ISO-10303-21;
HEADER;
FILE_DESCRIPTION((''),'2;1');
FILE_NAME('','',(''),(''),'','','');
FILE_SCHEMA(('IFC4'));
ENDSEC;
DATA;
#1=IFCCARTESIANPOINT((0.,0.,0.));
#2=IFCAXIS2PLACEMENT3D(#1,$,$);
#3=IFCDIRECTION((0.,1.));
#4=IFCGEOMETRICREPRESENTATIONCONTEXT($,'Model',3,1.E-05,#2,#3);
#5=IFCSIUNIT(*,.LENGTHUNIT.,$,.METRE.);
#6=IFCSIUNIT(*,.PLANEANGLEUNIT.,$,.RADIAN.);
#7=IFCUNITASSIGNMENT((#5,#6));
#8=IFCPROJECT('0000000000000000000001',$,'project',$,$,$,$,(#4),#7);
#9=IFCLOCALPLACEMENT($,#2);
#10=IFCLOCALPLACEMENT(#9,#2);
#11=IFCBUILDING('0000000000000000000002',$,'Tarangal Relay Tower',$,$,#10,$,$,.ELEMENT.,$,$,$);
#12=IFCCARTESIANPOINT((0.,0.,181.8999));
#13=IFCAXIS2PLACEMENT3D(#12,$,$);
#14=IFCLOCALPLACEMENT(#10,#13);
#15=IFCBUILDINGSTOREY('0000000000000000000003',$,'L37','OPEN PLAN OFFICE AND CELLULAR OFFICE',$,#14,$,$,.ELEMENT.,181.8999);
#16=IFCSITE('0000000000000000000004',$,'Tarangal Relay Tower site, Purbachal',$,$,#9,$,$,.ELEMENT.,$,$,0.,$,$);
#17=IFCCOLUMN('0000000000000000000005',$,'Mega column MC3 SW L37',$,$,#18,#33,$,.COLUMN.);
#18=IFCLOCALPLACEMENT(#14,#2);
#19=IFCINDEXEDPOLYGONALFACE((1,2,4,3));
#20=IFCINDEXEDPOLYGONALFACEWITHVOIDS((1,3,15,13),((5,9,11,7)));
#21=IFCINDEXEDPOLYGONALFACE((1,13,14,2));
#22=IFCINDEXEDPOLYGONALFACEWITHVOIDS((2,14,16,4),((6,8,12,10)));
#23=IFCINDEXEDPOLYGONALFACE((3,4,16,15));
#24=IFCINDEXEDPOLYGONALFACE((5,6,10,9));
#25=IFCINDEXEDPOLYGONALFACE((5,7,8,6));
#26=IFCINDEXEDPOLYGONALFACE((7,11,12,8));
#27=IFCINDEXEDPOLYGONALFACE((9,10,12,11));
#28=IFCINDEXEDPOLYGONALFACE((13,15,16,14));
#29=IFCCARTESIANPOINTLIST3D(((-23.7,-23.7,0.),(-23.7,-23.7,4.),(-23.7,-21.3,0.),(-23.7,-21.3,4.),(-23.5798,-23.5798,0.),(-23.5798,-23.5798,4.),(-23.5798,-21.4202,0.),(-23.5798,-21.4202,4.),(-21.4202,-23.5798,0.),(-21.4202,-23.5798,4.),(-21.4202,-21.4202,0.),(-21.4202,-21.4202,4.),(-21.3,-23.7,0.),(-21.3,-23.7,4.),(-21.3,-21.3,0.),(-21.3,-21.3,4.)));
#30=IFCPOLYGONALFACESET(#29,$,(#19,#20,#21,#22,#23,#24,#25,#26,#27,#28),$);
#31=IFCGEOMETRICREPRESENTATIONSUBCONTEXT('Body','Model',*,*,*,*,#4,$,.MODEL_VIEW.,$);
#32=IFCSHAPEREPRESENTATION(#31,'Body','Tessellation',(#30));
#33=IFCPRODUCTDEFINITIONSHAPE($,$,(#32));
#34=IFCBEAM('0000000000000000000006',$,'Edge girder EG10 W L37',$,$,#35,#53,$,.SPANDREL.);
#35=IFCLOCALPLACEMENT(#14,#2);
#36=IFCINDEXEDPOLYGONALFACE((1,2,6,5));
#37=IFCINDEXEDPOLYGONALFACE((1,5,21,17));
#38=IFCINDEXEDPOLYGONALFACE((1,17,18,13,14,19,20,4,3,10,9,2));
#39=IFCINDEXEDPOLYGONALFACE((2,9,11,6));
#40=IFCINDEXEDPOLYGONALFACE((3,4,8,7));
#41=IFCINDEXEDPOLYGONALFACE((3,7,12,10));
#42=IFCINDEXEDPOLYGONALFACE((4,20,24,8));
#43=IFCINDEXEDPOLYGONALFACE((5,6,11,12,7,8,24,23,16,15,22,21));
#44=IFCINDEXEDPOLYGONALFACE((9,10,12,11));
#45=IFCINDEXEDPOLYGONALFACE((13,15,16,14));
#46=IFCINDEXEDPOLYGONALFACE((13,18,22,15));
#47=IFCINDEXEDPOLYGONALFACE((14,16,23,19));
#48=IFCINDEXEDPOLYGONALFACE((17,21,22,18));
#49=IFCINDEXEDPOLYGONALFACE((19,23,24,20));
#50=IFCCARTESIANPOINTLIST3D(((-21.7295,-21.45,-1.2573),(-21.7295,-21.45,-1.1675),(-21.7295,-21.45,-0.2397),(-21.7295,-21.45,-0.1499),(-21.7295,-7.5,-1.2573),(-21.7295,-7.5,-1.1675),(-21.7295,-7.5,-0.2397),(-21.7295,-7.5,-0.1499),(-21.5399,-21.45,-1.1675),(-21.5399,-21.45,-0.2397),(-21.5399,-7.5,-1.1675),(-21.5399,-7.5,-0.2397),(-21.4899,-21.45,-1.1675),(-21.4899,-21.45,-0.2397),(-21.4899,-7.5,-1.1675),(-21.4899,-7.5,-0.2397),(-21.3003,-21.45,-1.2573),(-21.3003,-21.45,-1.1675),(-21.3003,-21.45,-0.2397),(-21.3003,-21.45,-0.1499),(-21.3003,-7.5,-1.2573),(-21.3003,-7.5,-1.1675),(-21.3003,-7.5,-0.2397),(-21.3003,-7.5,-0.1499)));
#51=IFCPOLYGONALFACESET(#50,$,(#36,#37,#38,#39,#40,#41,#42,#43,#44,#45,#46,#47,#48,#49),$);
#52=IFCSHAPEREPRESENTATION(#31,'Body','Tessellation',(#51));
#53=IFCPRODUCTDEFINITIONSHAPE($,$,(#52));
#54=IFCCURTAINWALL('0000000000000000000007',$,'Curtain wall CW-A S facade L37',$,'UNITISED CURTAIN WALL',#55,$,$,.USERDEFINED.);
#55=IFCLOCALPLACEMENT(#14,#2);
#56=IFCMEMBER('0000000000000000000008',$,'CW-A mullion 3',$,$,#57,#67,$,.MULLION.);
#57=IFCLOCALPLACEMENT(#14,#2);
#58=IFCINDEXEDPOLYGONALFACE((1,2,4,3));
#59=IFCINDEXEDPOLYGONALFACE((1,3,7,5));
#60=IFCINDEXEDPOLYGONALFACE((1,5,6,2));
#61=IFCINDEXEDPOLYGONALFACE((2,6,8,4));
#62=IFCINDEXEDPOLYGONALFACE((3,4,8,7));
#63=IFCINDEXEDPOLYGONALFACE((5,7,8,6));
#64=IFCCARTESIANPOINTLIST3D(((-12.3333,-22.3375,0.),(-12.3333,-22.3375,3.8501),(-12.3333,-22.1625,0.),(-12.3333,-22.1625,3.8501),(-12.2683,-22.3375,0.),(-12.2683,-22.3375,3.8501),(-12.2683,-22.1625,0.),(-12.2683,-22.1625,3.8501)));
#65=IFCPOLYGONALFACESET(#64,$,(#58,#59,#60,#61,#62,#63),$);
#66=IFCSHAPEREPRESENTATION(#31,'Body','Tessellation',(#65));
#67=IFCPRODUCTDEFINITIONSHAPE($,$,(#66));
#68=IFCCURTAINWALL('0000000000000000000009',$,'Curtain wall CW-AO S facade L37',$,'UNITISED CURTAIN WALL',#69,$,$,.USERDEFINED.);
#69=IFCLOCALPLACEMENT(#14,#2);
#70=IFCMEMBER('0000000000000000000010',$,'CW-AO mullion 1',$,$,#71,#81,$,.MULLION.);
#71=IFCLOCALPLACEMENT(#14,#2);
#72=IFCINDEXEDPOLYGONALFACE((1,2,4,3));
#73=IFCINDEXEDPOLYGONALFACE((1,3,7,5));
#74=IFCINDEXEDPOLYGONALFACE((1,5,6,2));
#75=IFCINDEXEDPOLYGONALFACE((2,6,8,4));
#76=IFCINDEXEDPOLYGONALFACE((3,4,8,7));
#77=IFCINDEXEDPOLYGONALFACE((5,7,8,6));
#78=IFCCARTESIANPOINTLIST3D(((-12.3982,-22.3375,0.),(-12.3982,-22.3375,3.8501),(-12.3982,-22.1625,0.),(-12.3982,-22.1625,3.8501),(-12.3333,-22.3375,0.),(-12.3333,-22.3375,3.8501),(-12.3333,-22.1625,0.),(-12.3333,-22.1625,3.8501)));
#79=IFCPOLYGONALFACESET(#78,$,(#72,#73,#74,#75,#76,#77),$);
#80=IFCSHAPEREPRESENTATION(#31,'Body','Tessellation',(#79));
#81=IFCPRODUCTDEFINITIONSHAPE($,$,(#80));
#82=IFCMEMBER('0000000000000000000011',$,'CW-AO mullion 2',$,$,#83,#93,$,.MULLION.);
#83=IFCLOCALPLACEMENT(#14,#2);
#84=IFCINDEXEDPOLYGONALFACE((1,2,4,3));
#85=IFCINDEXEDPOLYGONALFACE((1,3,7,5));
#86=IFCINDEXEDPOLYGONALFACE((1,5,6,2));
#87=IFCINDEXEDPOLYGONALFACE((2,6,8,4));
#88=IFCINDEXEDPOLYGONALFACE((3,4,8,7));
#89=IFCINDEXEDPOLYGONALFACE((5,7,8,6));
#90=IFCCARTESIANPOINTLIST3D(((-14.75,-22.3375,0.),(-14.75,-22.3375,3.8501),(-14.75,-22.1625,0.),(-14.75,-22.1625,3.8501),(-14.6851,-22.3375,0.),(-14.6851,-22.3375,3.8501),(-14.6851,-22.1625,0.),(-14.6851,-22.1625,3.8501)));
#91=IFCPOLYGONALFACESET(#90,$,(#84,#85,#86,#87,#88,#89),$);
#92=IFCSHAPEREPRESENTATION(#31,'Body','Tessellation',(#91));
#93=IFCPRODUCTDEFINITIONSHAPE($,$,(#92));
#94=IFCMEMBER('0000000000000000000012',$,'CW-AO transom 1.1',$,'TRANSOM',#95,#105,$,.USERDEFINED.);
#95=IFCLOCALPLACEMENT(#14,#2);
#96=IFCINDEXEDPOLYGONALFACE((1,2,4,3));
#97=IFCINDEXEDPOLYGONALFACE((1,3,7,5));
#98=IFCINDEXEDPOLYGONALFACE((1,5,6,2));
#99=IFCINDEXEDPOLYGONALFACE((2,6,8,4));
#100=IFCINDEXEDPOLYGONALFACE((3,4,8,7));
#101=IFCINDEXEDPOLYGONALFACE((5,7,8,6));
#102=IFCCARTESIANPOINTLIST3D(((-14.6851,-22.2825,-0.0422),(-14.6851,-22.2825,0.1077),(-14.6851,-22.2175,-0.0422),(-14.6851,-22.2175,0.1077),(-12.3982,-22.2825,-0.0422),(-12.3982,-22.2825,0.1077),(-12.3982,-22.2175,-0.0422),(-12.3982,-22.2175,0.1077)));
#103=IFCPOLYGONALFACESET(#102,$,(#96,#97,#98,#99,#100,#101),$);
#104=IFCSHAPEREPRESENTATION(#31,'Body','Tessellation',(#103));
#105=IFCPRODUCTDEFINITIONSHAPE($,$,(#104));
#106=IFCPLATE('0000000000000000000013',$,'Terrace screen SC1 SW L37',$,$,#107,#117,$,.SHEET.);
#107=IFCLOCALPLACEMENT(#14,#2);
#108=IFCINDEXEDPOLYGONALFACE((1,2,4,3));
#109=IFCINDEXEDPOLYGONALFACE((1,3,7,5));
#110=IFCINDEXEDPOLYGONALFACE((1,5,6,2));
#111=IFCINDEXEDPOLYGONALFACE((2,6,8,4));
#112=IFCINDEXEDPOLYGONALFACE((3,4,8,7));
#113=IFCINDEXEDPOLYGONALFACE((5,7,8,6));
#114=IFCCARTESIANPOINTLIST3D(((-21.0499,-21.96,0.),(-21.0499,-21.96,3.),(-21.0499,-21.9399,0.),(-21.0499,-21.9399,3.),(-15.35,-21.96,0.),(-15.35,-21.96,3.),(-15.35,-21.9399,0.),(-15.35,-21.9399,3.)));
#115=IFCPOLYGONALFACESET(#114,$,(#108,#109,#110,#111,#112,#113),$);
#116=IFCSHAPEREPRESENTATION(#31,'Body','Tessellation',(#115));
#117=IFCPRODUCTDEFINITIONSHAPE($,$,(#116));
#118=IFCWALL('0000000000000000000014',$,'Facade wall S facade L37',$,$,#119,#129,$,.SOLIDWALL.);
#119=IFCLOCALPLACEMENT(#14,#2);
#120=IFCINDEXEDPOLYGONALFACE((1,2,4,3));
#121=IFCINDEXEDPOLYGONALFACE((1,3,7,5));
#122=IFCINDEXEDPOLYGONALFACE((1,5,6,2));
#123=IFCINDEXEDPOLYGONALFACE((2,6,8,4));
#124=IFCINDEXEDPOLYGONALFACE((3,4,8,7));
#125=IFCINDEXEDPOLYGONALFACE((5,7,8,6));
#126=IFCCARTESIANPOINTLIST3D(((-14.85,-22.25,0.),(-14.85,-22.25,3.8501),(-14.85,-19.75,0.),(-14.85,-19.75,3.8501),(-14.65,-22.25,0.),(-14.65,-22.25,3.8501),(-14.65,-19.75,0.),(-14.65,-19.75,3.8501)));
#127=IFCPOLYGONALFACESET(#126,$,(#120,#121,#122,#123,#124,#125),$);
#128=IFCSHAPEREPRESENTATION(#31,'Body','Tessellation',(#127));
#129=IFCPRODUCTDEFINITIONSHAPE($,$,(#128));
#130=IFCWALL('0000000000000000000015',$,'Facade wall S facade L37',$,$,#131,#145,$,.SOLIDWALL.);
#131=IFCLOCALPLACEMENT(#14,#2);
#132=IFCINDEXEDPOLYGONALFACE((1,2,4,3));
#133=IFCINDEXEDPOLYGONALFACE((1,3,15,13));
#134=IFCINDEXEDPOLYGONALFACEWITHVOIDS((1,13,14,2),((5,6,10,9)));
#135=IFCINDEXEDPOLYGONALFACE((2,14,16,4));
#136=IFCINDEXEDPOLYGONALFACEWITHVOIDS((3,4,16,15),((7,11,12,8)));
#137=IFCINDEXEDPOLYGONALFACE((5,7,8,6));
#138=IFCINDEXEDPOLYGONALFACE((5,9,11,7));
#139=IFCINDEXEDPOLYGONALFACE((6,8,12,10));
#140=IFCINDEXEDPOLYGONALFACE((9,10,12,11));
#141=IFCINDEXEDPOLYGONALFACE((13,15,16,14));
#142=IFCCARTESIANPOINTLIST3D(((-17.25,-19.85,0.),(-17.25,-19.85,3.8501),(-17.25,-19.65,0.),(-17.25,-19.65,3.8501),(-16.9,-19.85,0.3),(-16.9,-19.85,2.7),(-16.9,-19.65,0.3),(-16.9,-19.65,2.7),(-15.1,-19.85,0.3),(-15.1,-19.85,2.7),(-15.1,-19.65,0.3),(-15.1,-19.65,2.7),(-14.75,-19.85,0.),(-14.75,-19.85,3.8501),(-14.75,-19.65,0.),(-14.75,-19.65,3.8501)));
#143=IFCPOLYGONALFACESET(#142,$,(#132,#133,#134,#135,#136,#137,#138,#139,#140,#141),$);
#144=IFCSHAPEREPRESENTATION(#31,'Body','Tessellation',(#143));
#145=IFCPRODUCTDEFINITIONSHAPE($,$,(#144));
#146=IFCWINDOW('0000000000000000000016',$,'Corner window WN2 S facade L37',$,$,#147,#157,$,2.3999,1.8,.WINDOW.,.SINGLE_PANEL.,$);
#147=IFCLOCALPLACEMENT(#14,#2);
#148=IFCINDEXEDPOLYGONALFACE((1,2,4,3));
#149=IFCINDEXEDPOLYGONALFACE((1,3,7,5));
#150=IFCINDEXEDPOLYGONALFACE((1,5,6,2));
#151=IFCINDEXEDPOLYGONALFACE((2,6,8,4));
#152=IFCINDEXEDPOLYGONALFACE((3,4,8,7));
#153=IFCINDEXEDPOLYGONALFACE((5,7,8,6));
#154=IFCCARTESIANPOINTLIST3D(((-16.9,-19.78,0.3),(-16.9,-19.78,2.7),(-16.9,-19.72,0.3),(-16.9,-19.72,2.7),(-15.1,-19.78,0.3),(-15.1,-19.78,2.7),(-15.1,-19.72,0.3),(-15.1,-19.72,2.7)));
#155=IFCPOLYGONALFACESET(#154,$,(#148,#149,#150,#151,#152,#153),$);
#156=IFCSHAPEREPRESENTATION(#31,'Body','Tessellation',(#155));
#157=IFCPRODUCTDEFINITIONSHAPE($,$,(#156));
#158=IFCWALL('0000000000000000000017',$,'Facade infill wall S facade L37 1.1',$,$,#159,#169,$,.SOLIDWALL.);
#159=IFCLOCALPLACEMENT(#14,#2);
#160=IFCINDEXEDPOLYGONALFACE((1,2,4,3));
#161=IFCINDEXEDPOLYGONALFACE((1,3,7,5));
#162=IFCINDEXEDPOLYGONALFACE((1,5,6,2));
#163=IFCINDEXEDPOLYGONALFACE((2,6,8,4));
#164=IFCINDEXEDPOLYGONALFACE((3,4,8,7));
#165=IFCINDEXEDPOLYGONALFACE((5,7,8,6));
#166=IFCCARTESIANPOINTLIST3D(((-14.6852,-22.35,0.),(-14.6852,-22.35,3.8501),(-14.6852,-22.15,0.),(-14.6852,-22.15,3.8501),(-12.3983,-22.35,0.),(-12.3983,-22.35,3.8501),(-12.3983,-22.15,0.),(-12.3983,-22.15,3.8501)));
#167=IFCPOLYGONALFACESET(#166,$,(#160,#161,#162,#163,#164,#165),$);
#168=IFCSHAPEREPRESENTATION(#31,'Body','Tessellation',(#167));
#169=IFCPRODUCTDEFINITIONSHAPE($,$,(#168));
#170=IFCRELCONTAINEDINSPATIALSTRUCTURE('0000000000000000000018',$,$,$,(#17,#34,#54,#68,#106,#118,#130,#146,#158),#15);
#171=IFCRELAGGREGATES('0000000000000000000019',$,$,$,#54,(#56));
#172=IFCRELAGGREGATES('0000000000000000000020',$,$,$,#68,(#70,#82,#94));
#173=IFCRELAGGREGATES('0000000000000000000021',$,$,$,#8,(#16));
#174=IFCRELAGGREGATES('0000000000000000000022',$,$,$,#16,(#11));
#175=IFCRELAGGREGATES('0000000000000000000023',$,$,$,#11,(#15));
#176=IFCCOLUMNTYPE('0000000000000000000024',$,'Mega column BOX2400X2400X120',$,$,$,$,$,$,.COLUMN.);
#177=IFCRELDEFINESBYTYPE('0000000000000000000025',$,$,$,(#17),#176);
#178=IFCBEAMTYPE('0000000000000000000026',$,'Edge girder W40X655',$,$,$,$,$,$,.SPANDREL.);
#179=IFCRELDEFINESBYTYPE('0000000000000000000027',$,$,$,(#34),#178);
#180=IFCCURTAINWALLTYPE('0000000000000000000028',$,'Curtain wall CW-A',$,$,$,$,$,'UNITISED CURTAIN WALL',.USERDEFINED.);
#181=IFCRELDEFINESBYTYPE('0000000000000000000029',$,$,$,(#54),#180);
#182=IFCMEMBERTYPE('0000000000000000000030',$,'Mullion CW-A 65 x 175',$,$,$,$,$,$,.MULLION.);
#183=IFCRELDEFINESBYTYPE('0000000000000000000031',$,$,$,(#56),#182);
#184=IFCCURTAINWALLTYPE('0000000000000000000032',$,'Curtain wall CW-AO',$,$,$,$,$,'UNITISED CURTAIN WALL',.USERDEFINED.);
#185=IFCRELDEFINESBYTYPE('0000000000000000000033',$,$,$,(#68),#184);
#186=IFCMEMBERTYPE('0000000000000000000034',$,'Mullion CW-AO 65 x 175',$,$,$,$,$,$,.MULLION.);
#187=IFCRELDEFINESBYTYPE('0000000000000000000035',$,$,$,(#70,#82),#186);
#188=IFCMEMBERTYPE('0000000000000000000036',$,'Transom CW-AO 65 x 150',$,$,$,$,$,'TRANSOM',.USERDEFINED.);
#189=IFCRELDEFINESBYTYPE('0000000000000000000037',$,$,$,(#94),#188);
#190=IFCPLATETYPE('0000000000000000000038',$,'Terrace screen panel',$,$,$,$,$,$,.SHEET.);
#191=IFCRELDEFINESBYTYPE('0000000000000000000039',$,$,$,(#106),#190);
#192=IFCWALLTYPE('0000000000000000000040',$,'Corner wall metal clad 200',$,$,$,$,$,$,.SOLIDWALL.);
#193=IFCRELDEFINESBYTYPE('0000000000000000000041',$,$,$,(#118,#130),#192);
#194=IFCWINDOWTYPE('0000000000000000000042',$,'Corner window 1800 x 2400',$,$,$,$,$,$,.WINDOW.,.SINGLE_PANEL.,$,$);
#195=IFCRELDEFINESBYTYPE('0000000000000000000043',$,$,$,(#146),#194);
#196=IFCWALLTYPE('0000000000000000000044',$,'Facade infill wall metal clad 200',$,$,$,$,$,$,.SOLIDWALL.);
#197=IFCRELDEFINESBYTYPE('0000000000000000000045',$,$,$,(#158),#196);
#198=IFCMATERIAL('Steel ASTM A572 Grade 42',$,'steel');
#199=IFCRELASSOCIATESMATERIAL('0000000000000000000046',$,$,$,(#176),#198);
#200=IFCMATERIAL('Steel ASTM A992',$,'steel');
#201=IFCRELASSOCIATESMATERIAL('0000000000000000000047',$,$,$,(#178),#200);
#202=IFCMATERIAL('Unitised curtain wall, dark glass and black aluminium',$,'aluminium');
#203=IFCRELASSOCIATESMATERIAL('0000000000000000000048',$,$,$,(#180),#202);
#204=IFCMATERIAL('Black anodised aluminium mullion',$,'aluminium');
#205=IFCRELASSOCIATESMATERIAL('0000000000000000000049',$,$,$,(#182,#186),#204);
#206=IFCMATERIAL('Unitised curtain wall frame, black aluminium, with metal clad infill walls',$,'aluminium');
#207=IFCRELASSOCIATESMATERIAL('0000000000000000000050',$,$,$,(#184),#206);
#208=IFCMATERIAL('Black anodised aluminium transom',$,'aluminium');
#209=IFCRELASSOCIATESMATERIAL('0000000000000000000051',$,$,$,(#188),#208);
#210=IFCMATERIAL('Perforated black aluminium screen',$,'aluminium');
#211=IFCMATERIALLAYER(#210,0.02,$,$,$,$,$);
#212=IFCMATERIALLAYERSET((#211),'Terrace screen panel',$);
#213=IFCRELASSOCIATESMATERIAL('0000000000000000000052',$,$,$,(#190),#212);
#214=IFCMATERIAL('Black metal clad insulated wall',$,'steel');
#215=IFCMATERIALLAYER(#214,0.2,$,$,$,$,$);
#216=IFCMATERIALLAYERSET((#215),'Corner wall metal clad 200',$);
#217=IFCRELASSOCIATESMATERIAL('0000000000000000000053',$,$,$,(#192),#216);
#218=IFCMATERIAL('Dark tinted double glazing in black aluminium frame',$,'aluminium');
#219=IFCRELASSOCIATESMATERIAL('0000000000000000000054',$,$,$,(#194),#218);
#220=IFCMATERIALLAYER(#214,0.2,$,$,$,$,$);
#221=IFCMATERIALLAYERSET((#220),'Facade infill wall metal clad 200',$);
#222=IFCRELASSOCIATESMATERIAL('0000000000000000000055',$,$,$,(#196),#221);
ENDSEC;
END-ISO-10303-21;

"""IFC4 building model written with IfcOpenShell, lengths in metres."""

from ifc_helpers import new_model, si_unit, direction, frame, frame_2d, origin, origin_2d, place, context, subcontext, project, spatial, rectangle, hollow_rectangle, i_section, extrude, material, layer, layer_set, material_profile, profile_set, type_object, element, fill, aggregate, save


model = new_model("IFC4")

# Units and contexts
model_context = context("Model", 3, precision=1e-05, world=origin(), true_north=direction((0.0, 1.0)))
body_context = subcontext(model_context, "Body", "Model", "MODEL_VIEW")
ifc_project = project(units=[si_unit("LENGTHUNIT", "METRE"), si_unit("PLANEANGLEUNIT", "RADIAN")], contexts=[model_context])

# Site, building, storey
site_placement = place(None, origin())
site = spatial("IfcSite", under=ifc_project, at=site_placement, Name="Tarangal Relay Tower site, Purbachal", CompositionType="ELEMENT", RefElevation=0.0)
building_placement = place(site_placement, origin())
building = spatial("IfcBuilding", under=site, at=building_placement, Name="Tarangal Relay Tower", CompositionType="ELEMENT")
storey_placement = place(building_placement, frame((0.0, 0.0, 181.8999)))
storey = spatial("IfcBuildingStorey", under=building, at=storey_placement, Name="L37", Description="OPEN PLAN OFFICE AND CELLULAR OFFICE", CompositionType="ELEMENT", Elevation=181.8999)

# Column
ifc_material_1 = material(Name="Steel ASTM A572 Grade 42", Category="steel")
ifc_material_profile_1 = material_profile(ifc_material_1, hollow_rectangle(XDim=2.3999, YDim=2.3999, WallThickness=0.1201, at=origin_2d()), Name="BOX2400X2400X120")
ifc_profile_set_1 = profile_set([ifc_material_profile_1], Name="Steel ASTM A572 Grade 42")
column_type = type_object("IfcColumnType", Name="Mega column BOX2400X2400X120", PredefinedType="COLUMN", material=ifc_profile_set_1)
column_placement = place(storey_placement, frame((-22.5, -22.5, 0.0), z_axis=(0.0, 0.0, 1.0), x_axis=(1.0, 0.0, 0.0)))
element("IfcColumn", 1, at=column_placement, inside=storey, type_object=column_type, Name="Mega column MC3 SW L37", PredefinedType="COLUMN", context=body_context, shape_type="SweptSolid", body=[
    extrude(hollow_rectangle(XDim=2.3999, YDim=2.3999, WallThickness=0.1201, at=origin_2d()), origin(), (0.0, 0.0, 1.0), 4.0),
])

# Beam
ifc_material_2 = material(Name="Steel ASTM A992", Category="steel")
ifc_material_profile_2 = material_profile(ifc_material_2, i_section(OverallWidth=0.4292, OverallDepth=1.1074, WebThickness=0.05, FlangeThickness=0.0898, at=origin_2d()), Name="W40X655")
ifc_profile_set_2 = profile_set([ifc_material_profile_2], Name="Steel ASTM A992")
beam_type = type_object("IfcBeamType", Name="Edge girder W40X655", PredefinedType="SPANDREL", material=ifc_profile_set_2)
beam_placement = place(storey_placement, frame((-21.5149, -21.45, -0.7036), z_axis=(0.0, 1.0, 0.0), x_axis=(-1.0, 0.0, 0.0)))
element("IfcBeam", 2, at=beam_placement, inside=storey, type_object=beam_type, Name="Edge girder EG10 W L37", PredefinedType="SPANDREL", context=body_context, shape_type="SweptSolid", body=[
    extrude(i_section(OverallWidth=0.4292, OverallDepth=1.1074, WebThickness=0.05, FlangeThickness=0.0898, at=origin_2d()), origin(), (0.0, 0.0, 1.0), 13.95),
])

# Curtain wall, member
ifc_material_3 = material(Name="Unitised curtain wall, dark glass and black aluminium", Category="aluminium")
curtain_wall_type_1 = type_object("IfcCurtainWallType", Name="Curtain wall CW-A", ElementType="UNITISED CURTAIN WALL", PredefinedType="USERDEFINED", material=ifc_material_3)
curtain_wall_1_placement = place(storey_placement, origin())
curtain_wall_1 = element("IfcCurtainWall", 3, at=curtain_wall_1_placement, inside=storey, type_object=curtain_wall_type_1, Name="Curtain wall CW-A S facade L37", ObjectType="UNITISED CURTAIN WALL", PredefinedType="USERDEFINED")
ifc_material_4 = material(Name="Black anodised aluminium mullion", Category="aluminium")
ifc_material_profile_3 = material_profile(ifc_material_4, rectangle(XDim=0.175, YDim=0.0649, at=origin_2d()), Name="CW-AM 65X175")
ifc_profile_set_3 = profile_set([ifc_material_profile_3], Name="Black anodised aluminium mullion")
member_type_1 = type_object("IfcMemberType", Name="Mullion CW-A 65 x 175", PredefinedType="MULLION", material=ifc_profile_set_3)
member_1_placement = place(storey_placement, frame((-12.3008, -22.25, 0.0), z_axis=(0.0, 0.0, 1.0), x_axis=(0.0, -1.0, 0.0)))
member_1 = element("IfcMember", 4, at=member_1_placement, type_object=member_type_1, Name="CW-A mullion 3", PredefinedType="MULLION", context=body_context, shape_type="SweptSolid", body=[
    extrude(rectangle(XDim=0.175, YDim=0.0649, at=origin_2d()), origin(), (0.0, 0.0, 1.0), 3.8501),
])
aggregate(curtain_wall_1, [member_1])

# Curtain wall, members
ifc_material_5 = material(Name="Unitised curtain wall frame, black aluminium, with metal clad infill walls", Category="aluminium")
curtain_wall_type_2 = type_object("IfcCurtainWallType", Name="Curtain wall CW-AO", ElementType="UNITISED CURTAIN WALL", PredefinedType="USERDEFINED", material=ifc_material_5)
curtain_wall_2_placement = place(storey_placement, origin())
curtain_wall_2 = element("IfcCurtainWall", 5, at=curtain_wall_2_placement, inside=storey, type_object=curtain_wall_type_2, Name="Curtain wall CW-AO S facade L37", ObjectType="UNITISED CURTAIN WALL", PredefinedType="USERDEFINED")
ifc_material_profile_4 = material_profile(ifc_material_4, rectangle(XDim=0.175, YDim=0.0649, at=origin_2d()), Name="CW-AOM 65X175")
ifc_profile_set_4 = profile_set([ifc_material_profile_4], Name="Black anodised aluminium mullion")
member_type_2 = type_object("IfcMemberType", Name="Mullion CW-AO 65 x 175", PredefinedType="MULLION", material=ifc_profile_set_4)
member_2_placement = place(storey_placement, frame((-12.3657, -22.25, 0.0), z_axis=(0.0, 0.0, 1.0), x_axis=(0.0, -1.0, 0.0)))
member_2 = element("IfcMember", 6, at=member_2_placement, type_object=member_type_2, Name="CW-AO mullion 1", PredefinedType="MULLION", context=body_context, shape_type="SweptSolid", body=[
    extrude(rectangle(XDim=0.175, YDim=0.0649, at=origin_2d()), origin(), (0.0, 0.0, 1.0), 3.8501),
])
member_3_placement = place(storey_placement, frame((-14.7175, -22.25, 0.0), z_axis=(0.0, 0.0, 1.0), x_axis=(0.0, -1.0, 0.0)))
member_3 = element("IfcMember", 7, at=member_3_placement, type_object=member_type_2, Name="CW-AO mullion 2", PredefinedType="MULLION", context=body_context, shape_type="SweptSolid", body=[
    extrude(rectangle(XDim=0.175, YDim=0.0649, at=origin_2d()), origin(), (0.0, 0.0, 1.0), 3.8501),
])
ifc_material_6 = material(Name="Black anodised aluminium transom", Category="aluminium")
ifc_material_profile_5 = material_profile(ifc_material_6, rectangle(XDim=0.0649, YDim=0.1499, at=origin_2d()), Name="CW-AOT 65X150")
ifc_profile_set_5 = profile_set([ifc_material_profile_5], Name="Black anodised aluminium transom")
member_type_3 = type_object("IfcMemberType", Name="Transom CW-AO 65 x 150", ElementType="TRANSOM", PredefinedType="USERDEFINED", material=ifc_profile_set_5)
member_4_placement = place(storey_placement, frame((-12.3982, -22.25, 0.0327), z_axis=(-1.0, 0.0, 0.0), x_axis=(0.0, -1.0, 0.0)))
member_4 = element("IfcMember", 8, at=member_4_placement, type_object=member_type_3, Name="CW-AO transom 1.1", ObjectType="TRANSOM", PredefinedType="USERDEFINED", context=body_context, shape_type="SweptSolid", body=[
    extrude(rectangle(XDim=0.0649, YDim=0.1499, at=origin_2d()), origin(), (0.0, 0.0, 1.0), 2.2869),
])
aggregate(curtain_wall_2, [member_2, member_3, member_4])

# Plate
ifc_material_7 = material(Name="Perforated black aluminium screen", Category="aluminium")
ifc_layer_1 = layer(ifc_material_7, 0.02)
ifc_layer_set_1 = layer_set([ifc_layer_1], Name="Terrace screen panel")
plate_type = type_object("IfcPlateType", Name="Terrace screen panel", PredefinedType="SHEET", material=ifc_layer_set_1)
plate_placement = place(storey_placement, frame((-18.2, -21.95, 0.0), z_axis=(0.0, 0.0, 1.0), x_axis=(-1.0, 0.0, 0.0)))
element("IfcPlate", 9, at=plate_placement, inside=storey, type_object=plate_type, Name="Terrace screen SC1 SW L37", PredefinedType="SHEET", context=body_context, shape_type="SweptSolid", body=[
    extrude(rectangle(XDim=5.7, YDim=0.02, at=origin_2d()), origin(), (0.0, 0.0, 1.0), 3.0),
])

# Wall
ifc_material_8 = material(Name="Black metal clad insulated wall", Category="steel")
ifc_layer_2 = layer(ifc_material_8, 0.2)
ifc_layer_set_2 = layer_set([ifc_layer_2], Name="Corner wall metal clad 200")
wall_type_1 = type_object("IfcWallType", Name="Corner wall metal clad 200", PredefinedType="SOLIDWALL", material=ifc_layer_set_2)
wall_1_placement = place(storey_placement, frame((-14.75, -22.25, 0.0), z_axis=(0.0, 0.0, 1.0), x_axis=(0.0, 1.0, 0.0)))
element("IfcWall", 10, at=wall_1_placement, inside=storey, type_object=wall_type_1, Name="Facade wall S facade L37", PredefinedType="SOLIDWALL", context=body_context, shape_type="SweptSolid", body=[
    extrude(rectangle(XDim=2.5, YDim=0.2, at=frame_2d((1.25, 0.0))), origin(), (0.0, 0.0, 1.0), 3.8501),
])

# Wall, opening, window
wall_2_placement = place(storey_placement, frame((-14.75, -19.75, 0.0), z_axis=(0.0, 0.0, 1.0), x_axis=(-1.0, 0.0, 0.0)))
wall_2 = element("IfcWall", 11, at=wall_2_placement, inside=storey, type_object=wall_type_1, Name="Facade wall S facade L37", PredefinedType="SOLIDWALL", context=body_context, shape_type="SweptSolid", body=[
    extrude(rectangle(XDim=2.5, YDim=0.2, at=frame_2d((1.25, 0.0))), origin(), (0.0, 0.0, 1.0), 3.8501),
])
opening_1_placement = place(wall_2_placement, frame((0.3501, 0.0, 0.3)))
opening_1 = element("IfcOpeningElement", 12, at=opening_1_placement, cuts=wall_2, PredefinedType="OPENING", context=body_context, shape_type="SweptSolid", body=[
    extrude(rectangle(XDim=1.8, YDim=2.3999, at=frame_2d((0.8999, 1.2))), frame((0.0, 0.1099, 0.0), z_axis=(0.0, -1.0, 0.0), x_axis=(1.0, 0.0, 0.0)), (0.0, 0.0, 1.0), 0.22),
])
ifc_material_9 = material(Name="Dark tinted double glazing in black aluminium frame", Category="aluminium")
window_type = type_object("IfcWindowType", Name="Corner window 1800 x 2400", PartitioningType="SINGLE_PANEL", PredefinedType="WINDOW", material=ifc_material_9)
window_placement = place(opening_1_placement, origin())
window = element("IfcWindow", 13, at=window_placement, inside=storey, type_object=window_type, Name="Corner window WN2 S facade L37", OverallHeight=2.3999, OverallWidth=1.8, PartitioningType="SINGLE_PANEL", PredefinedType="WINDOW", context=body_context, shape_type="SweptSolid", body=[
    extrude(rectangle(XDim=1.8, YDim=2.3999, at=frame_2d((0.8999, 1.2))), frame((0.0, 0.03, 0.0), z_axis=(0.0, -1.0, 0.0), x_axis=(1.0, 0.0, 0.0)), (0.0, 0.0, 1.0), 0.0601),
])
fill(opening_1, window)

# Wall
ifc_layer_3 = layer(ifc_material_8, 0.2)
ifc_layer_set_3 = layer_set([ifc_layer_3], Name="Facade infill wall metal clad 200")
wall_type_2 = type_object("IfcWallType", Name="Facade infill wall metal clad 200", PredefinedType="SOLIDWALL", material=ifc_layer_set_3)
wall_3_placement = place(storey_placement, frame((-12.3982, -22.25, 0.0), z_axis=(0.0, 0.0, 1.0), x_axis=(-1.0, 0.0, 0.0)))
element("IfcWall", 14, at=wall_3_placement, inside=storey, type_object=wall_type_2, Name="Facade infill wall S facade L37 1.1", PredefinedType="SOLIDWALL", context=body_context, shape_type="SweptSolid", body=[
    extrude(rectangle(XDim=2.2869, YDim=0.2, at=frame_2d((1.1436, 0.0))), origin(), (0.0, 0.0, 1.0), 3.8501),
])

save(model, "model.ifc")
